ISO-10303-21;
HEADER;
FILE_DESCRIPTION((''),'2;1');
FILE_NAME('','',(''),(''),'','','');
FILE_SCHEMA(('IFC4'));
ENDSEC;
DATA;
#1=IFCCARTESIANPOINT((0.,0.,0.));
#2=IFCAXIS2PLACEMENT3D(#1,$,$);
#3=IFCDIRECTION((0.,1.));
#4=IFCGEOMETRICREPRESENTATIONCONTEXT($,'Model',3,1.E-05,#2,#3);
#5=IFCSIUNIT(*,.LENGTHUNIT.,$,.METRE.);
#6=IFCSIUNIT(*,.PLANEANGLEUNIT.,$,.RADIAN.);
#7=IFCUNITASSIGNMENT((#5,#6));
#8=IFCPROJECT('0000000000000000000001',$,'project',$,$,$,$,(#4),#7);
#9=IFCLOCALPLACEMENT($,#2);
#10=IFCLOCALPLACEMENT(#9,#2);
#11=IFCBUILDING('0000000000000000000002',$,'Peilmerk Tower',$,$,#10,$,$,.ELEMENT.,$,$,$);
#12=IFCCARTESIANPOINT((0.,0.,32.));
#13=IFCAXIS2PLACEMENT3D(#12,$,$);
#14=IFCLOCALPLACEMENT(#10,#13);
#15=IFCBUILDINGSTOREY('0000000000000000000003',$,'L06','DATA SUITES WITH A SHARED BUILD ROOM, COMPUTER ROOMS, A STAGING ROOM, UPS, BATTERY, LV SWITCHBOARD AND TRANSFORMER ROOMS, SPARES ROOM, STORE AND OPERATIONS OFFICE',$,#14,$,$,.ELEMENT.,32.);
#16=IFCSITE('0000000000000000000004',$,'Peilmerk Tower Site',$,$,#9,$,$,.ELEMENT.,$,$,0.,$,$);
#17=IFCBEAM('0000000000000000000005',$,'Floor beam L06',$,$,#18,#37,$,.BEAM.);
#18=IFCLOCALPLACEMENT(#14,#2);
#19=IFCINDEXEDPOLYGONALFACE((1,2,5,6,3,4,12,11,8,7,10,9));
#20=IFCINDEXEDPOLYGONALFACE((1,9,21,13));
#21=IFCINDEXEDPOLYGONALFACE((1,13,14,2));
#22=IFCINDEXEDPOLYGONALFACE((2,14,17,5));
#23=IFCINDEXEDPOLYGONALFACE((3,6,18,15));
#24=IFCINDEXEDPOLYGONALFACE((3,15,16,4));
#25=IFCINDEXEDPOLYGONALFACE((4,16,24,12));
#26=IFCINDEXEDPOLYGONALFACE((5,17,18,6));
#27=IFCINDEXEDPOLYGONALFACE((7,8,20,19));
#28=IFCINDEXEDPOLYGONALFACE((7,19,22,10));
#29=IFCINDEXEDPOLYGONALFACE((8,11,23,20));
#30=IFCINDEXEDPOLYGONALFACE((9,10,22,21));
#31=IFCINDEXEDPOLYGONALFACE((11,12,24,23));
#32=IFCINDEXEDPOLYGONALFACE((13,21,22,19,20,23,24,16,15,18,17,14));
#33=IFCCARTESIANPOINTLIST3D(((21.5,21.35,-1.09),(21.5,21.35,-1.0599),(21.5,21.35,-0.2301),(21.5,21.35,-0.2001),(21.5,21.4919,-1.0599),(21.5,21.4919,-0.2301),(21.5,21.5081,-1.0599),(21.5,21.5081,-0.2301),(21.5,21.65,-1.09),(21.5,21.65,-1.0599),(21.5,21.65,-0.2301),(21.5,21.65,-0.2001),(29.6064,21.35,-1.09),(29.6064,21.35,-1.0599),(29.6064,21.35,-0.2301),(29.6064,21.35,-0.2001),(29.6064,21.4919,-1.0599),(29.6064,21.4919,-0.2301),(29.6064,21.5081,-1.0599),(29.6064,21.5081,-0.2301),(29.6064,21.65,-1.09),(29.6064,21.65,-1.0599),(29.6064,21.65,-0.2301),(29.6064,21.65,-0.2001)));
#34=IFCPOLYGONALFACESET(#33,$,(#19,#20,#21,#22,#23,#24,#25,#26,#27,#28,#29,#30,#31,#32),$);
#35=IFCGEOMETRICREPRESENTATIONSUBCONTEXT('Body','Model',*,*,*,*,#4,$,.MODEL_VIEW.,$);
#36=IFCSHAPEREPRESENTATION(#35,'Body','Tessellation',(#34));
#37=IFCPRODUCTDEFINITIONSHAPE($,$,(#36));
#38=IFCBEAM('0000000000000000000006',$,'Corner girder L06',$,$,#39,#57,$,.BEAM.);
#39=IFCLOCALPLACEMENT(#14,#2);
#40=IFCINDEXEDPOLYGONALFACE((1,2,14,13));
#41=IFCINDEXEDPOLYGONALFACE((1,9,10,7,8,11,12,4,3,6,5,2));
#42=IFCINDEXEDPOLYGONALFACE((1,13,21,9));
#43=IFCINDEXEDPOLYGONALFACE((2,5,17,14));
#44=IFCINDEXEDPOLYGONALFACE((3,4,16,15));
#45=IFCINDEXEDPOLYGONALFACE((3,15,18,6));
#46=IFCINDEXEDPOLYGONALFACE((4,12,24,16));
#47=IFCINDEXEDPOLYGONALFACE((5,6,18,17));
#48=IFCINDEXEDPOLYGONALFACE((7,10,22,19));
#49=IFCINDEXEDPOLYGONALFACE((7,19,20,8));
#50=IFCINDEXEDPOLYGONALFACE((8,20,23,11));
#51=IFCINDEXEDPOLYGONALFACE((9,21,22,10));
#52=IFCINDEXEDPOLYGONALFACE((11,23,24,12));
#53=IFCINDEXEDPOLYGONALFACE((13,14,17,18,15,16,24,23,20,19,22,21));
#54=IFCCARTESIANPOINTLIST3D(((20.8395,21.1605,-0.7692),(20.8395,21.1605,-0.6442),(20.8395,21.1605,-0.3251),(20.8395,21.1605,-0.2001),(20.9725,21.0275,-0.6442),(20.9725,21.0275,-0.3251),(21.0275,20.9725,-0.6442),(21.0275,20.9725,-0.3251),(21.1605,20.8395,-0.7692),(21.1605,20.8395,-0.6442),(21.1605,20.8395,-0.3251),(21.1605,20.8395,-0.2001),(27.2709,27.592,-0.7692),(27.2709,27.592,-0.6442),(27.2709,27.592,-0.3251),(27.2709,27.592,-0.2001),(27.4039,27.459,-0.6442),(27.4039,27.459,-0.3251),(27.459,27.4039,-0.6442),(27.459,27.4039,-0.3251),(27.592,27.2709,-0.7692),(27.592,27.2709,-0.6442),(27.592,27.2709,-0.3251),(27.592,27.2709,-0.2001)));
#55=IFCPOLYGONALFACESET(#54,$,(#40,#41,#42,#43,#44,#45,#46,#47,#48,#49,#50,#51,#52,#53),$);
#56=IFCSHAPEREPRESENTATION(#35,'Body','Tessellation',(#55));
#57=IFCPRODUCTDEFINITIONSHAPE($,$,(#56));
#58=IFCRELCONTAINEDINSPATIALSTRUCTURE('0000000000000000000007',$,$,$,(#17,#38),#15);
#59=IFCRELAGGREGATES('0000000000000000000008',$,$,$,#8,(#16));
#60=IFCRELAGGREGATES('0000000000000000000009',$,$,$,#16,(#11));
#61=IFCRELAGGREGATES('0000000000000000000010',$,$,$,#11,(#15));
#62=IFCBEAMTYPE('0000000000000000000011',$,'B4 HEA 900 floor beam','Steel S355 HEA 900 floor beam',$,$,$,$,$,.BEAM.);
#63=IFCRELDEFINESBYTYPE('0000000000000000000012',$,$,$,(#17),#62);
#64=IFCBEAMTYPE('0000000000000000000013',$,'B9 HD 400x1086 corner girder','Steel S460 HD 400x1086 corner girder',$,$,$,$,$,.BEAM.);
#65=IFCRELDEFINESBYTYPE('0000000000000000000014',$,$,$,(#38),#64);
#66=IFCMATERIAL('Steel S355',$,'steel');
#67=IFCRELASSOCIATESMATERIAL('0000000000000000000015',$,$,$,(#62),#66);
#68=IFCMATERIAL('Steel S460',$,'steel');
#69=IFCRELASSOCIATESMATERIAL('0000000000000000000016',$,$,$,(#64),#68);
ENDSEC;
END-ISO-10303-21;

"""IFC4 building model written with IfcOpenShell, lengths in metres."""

from ifc_helpers import new_model, si_unit, direction, frame, origin, origin_2d, place, context, subcontext, project, spatial, i_section, extrude, material, material_profile, profile_set, type_object, element, save


model = new_model("IFC4")

# Units and contexts
model_context = context("Model", 3, precision=1e-05, world=origin(), true_north=direction((0.0, 1.0)))
body_context = subcontext(model_context, "Body", "Model", "MODEL_VIEW")
ifc_project = project(units=[si_unit("LENGTHUNIT", "METRE"), si_unit("PLANEANGLEUNIT", "RADIAN")], contexts=[model_context])

# Site, building, storey
site_placement = place(None, origin())
site = spatial("IfcSite", under=ifc_project, at=site_placement, Name="Peilmerk Tower Site", CompositionType="ELEMENT", RefElevation=0.0)
building_placement = place(site_placement, origin())
building = spatial("IfcBuilding", under=site, at=building_placement, Name="Peilmerk Tower", CompositionType="ELEMENT")
storey_placement = place(building_placement, frame((0.0, 0.0, 32.0)))
storey = spatial("IfcBuildingStorey", under=building, at=storey_placement, Name="L06", Description="DATA SUITES WITH A SHARED BUILD ROOM, COMPUTER ROOMS, A STAGING ROOM, UPS, BATTERY, LV SWITCHBOARD AND TRANSFORMER ROOMS, SPARES ROOM, STORE AND OPERATIONS OFFICE", CompositionType="ELEMENT", Elevation=32.0)

# Beams
ifc_material_1 = material(Name="Steel S355", Category="steel")
ifc_material_2 = material(Name="Steel S460", Category="steel")
ifc_material_profile_1 = material_profile(ifc_material_1, i_section(OverallWidth=0.3, OverallDepth=0.8899, WebThickness=0.0161, FlangeThickness=0.03, at=origin_2d()), Name="HEA 900")
ifc_profile_set_1 = profile_set([ifc_material_profile_1], Name="Steel S355")
beam_type_1 = type_object("IfcBeamType", Name="B4 HEA 900 floor beam", Description="Steel S355 HEA 900 floor beam", PredefinedType="BEAM", material=ifc_profile_set_1)
for number, where, z_axis, x_axis, name in (
    (1, (21.5, 21.5, -0.645), (1.0, 0.0, 0.0), (0.0, 1.0, 0.0), "Floor beam L06"),
):
    element("IfcBeam", number, at=place(storey_placement, frame(where, z_axis=z_axis, x_axis=x_axis)), inside=storey, type_object=beam_type_1, Name=name, PredefinedType="BEAM", context=body_context, shape_type="SweptSolid", body=[
        extrude(i_section(OverallWidth=0.3, OverallDepth=0.8899, WebThickness=0.0161, FlangeThickness=0.03, at=origin_2d()), origin(), (0.0, 0.0, 1.0), 8.1064),
    ])
ifc_material_profile_2 = material_profile(ifc_material_2, i_section(OverallWidth=0.4541, OverallDepth=0.5691, WebThickness=0.0779, FlangeThickness=0.125, at=origin_2d()), Name="HD 400x1086")
ifc_profile_set_2 = profile_set([ifc_material_profile_2], Name="Steel S460")
beam_type_2 = type_object("IfcBeamType", Name="B9 HD 400x1086 corner girder", Description="Steel S460 HD 400x1086 corner girder", PredefinedType="BEAM", material=ifc_profile_set_2)
beam_1_placement = place(storey_placement, frame((21.0, 21.0, -0.4846), z_axis=(0.707107, 0.707107, 0.0), x_axis=(-0.707107, 0.707107, 0.0)))
element("IfcBeam", 2, at=beam_1_placement, inside=storey, type_object=beam_type_2, Name="Corner girder L06", PredefinedType="BEAM", context=body_context, shape_type="SweptSolid", body=[
    extrude(i_section(OverallWidth=0.4541, OverallDepth=0.5691, WebThickness=0.0779, FlangeThickness=0.125, at=origin_2d()), origin(), (0.0, 0.0, 1.0), 9.0955),
])

save(model, "model.ifc")
